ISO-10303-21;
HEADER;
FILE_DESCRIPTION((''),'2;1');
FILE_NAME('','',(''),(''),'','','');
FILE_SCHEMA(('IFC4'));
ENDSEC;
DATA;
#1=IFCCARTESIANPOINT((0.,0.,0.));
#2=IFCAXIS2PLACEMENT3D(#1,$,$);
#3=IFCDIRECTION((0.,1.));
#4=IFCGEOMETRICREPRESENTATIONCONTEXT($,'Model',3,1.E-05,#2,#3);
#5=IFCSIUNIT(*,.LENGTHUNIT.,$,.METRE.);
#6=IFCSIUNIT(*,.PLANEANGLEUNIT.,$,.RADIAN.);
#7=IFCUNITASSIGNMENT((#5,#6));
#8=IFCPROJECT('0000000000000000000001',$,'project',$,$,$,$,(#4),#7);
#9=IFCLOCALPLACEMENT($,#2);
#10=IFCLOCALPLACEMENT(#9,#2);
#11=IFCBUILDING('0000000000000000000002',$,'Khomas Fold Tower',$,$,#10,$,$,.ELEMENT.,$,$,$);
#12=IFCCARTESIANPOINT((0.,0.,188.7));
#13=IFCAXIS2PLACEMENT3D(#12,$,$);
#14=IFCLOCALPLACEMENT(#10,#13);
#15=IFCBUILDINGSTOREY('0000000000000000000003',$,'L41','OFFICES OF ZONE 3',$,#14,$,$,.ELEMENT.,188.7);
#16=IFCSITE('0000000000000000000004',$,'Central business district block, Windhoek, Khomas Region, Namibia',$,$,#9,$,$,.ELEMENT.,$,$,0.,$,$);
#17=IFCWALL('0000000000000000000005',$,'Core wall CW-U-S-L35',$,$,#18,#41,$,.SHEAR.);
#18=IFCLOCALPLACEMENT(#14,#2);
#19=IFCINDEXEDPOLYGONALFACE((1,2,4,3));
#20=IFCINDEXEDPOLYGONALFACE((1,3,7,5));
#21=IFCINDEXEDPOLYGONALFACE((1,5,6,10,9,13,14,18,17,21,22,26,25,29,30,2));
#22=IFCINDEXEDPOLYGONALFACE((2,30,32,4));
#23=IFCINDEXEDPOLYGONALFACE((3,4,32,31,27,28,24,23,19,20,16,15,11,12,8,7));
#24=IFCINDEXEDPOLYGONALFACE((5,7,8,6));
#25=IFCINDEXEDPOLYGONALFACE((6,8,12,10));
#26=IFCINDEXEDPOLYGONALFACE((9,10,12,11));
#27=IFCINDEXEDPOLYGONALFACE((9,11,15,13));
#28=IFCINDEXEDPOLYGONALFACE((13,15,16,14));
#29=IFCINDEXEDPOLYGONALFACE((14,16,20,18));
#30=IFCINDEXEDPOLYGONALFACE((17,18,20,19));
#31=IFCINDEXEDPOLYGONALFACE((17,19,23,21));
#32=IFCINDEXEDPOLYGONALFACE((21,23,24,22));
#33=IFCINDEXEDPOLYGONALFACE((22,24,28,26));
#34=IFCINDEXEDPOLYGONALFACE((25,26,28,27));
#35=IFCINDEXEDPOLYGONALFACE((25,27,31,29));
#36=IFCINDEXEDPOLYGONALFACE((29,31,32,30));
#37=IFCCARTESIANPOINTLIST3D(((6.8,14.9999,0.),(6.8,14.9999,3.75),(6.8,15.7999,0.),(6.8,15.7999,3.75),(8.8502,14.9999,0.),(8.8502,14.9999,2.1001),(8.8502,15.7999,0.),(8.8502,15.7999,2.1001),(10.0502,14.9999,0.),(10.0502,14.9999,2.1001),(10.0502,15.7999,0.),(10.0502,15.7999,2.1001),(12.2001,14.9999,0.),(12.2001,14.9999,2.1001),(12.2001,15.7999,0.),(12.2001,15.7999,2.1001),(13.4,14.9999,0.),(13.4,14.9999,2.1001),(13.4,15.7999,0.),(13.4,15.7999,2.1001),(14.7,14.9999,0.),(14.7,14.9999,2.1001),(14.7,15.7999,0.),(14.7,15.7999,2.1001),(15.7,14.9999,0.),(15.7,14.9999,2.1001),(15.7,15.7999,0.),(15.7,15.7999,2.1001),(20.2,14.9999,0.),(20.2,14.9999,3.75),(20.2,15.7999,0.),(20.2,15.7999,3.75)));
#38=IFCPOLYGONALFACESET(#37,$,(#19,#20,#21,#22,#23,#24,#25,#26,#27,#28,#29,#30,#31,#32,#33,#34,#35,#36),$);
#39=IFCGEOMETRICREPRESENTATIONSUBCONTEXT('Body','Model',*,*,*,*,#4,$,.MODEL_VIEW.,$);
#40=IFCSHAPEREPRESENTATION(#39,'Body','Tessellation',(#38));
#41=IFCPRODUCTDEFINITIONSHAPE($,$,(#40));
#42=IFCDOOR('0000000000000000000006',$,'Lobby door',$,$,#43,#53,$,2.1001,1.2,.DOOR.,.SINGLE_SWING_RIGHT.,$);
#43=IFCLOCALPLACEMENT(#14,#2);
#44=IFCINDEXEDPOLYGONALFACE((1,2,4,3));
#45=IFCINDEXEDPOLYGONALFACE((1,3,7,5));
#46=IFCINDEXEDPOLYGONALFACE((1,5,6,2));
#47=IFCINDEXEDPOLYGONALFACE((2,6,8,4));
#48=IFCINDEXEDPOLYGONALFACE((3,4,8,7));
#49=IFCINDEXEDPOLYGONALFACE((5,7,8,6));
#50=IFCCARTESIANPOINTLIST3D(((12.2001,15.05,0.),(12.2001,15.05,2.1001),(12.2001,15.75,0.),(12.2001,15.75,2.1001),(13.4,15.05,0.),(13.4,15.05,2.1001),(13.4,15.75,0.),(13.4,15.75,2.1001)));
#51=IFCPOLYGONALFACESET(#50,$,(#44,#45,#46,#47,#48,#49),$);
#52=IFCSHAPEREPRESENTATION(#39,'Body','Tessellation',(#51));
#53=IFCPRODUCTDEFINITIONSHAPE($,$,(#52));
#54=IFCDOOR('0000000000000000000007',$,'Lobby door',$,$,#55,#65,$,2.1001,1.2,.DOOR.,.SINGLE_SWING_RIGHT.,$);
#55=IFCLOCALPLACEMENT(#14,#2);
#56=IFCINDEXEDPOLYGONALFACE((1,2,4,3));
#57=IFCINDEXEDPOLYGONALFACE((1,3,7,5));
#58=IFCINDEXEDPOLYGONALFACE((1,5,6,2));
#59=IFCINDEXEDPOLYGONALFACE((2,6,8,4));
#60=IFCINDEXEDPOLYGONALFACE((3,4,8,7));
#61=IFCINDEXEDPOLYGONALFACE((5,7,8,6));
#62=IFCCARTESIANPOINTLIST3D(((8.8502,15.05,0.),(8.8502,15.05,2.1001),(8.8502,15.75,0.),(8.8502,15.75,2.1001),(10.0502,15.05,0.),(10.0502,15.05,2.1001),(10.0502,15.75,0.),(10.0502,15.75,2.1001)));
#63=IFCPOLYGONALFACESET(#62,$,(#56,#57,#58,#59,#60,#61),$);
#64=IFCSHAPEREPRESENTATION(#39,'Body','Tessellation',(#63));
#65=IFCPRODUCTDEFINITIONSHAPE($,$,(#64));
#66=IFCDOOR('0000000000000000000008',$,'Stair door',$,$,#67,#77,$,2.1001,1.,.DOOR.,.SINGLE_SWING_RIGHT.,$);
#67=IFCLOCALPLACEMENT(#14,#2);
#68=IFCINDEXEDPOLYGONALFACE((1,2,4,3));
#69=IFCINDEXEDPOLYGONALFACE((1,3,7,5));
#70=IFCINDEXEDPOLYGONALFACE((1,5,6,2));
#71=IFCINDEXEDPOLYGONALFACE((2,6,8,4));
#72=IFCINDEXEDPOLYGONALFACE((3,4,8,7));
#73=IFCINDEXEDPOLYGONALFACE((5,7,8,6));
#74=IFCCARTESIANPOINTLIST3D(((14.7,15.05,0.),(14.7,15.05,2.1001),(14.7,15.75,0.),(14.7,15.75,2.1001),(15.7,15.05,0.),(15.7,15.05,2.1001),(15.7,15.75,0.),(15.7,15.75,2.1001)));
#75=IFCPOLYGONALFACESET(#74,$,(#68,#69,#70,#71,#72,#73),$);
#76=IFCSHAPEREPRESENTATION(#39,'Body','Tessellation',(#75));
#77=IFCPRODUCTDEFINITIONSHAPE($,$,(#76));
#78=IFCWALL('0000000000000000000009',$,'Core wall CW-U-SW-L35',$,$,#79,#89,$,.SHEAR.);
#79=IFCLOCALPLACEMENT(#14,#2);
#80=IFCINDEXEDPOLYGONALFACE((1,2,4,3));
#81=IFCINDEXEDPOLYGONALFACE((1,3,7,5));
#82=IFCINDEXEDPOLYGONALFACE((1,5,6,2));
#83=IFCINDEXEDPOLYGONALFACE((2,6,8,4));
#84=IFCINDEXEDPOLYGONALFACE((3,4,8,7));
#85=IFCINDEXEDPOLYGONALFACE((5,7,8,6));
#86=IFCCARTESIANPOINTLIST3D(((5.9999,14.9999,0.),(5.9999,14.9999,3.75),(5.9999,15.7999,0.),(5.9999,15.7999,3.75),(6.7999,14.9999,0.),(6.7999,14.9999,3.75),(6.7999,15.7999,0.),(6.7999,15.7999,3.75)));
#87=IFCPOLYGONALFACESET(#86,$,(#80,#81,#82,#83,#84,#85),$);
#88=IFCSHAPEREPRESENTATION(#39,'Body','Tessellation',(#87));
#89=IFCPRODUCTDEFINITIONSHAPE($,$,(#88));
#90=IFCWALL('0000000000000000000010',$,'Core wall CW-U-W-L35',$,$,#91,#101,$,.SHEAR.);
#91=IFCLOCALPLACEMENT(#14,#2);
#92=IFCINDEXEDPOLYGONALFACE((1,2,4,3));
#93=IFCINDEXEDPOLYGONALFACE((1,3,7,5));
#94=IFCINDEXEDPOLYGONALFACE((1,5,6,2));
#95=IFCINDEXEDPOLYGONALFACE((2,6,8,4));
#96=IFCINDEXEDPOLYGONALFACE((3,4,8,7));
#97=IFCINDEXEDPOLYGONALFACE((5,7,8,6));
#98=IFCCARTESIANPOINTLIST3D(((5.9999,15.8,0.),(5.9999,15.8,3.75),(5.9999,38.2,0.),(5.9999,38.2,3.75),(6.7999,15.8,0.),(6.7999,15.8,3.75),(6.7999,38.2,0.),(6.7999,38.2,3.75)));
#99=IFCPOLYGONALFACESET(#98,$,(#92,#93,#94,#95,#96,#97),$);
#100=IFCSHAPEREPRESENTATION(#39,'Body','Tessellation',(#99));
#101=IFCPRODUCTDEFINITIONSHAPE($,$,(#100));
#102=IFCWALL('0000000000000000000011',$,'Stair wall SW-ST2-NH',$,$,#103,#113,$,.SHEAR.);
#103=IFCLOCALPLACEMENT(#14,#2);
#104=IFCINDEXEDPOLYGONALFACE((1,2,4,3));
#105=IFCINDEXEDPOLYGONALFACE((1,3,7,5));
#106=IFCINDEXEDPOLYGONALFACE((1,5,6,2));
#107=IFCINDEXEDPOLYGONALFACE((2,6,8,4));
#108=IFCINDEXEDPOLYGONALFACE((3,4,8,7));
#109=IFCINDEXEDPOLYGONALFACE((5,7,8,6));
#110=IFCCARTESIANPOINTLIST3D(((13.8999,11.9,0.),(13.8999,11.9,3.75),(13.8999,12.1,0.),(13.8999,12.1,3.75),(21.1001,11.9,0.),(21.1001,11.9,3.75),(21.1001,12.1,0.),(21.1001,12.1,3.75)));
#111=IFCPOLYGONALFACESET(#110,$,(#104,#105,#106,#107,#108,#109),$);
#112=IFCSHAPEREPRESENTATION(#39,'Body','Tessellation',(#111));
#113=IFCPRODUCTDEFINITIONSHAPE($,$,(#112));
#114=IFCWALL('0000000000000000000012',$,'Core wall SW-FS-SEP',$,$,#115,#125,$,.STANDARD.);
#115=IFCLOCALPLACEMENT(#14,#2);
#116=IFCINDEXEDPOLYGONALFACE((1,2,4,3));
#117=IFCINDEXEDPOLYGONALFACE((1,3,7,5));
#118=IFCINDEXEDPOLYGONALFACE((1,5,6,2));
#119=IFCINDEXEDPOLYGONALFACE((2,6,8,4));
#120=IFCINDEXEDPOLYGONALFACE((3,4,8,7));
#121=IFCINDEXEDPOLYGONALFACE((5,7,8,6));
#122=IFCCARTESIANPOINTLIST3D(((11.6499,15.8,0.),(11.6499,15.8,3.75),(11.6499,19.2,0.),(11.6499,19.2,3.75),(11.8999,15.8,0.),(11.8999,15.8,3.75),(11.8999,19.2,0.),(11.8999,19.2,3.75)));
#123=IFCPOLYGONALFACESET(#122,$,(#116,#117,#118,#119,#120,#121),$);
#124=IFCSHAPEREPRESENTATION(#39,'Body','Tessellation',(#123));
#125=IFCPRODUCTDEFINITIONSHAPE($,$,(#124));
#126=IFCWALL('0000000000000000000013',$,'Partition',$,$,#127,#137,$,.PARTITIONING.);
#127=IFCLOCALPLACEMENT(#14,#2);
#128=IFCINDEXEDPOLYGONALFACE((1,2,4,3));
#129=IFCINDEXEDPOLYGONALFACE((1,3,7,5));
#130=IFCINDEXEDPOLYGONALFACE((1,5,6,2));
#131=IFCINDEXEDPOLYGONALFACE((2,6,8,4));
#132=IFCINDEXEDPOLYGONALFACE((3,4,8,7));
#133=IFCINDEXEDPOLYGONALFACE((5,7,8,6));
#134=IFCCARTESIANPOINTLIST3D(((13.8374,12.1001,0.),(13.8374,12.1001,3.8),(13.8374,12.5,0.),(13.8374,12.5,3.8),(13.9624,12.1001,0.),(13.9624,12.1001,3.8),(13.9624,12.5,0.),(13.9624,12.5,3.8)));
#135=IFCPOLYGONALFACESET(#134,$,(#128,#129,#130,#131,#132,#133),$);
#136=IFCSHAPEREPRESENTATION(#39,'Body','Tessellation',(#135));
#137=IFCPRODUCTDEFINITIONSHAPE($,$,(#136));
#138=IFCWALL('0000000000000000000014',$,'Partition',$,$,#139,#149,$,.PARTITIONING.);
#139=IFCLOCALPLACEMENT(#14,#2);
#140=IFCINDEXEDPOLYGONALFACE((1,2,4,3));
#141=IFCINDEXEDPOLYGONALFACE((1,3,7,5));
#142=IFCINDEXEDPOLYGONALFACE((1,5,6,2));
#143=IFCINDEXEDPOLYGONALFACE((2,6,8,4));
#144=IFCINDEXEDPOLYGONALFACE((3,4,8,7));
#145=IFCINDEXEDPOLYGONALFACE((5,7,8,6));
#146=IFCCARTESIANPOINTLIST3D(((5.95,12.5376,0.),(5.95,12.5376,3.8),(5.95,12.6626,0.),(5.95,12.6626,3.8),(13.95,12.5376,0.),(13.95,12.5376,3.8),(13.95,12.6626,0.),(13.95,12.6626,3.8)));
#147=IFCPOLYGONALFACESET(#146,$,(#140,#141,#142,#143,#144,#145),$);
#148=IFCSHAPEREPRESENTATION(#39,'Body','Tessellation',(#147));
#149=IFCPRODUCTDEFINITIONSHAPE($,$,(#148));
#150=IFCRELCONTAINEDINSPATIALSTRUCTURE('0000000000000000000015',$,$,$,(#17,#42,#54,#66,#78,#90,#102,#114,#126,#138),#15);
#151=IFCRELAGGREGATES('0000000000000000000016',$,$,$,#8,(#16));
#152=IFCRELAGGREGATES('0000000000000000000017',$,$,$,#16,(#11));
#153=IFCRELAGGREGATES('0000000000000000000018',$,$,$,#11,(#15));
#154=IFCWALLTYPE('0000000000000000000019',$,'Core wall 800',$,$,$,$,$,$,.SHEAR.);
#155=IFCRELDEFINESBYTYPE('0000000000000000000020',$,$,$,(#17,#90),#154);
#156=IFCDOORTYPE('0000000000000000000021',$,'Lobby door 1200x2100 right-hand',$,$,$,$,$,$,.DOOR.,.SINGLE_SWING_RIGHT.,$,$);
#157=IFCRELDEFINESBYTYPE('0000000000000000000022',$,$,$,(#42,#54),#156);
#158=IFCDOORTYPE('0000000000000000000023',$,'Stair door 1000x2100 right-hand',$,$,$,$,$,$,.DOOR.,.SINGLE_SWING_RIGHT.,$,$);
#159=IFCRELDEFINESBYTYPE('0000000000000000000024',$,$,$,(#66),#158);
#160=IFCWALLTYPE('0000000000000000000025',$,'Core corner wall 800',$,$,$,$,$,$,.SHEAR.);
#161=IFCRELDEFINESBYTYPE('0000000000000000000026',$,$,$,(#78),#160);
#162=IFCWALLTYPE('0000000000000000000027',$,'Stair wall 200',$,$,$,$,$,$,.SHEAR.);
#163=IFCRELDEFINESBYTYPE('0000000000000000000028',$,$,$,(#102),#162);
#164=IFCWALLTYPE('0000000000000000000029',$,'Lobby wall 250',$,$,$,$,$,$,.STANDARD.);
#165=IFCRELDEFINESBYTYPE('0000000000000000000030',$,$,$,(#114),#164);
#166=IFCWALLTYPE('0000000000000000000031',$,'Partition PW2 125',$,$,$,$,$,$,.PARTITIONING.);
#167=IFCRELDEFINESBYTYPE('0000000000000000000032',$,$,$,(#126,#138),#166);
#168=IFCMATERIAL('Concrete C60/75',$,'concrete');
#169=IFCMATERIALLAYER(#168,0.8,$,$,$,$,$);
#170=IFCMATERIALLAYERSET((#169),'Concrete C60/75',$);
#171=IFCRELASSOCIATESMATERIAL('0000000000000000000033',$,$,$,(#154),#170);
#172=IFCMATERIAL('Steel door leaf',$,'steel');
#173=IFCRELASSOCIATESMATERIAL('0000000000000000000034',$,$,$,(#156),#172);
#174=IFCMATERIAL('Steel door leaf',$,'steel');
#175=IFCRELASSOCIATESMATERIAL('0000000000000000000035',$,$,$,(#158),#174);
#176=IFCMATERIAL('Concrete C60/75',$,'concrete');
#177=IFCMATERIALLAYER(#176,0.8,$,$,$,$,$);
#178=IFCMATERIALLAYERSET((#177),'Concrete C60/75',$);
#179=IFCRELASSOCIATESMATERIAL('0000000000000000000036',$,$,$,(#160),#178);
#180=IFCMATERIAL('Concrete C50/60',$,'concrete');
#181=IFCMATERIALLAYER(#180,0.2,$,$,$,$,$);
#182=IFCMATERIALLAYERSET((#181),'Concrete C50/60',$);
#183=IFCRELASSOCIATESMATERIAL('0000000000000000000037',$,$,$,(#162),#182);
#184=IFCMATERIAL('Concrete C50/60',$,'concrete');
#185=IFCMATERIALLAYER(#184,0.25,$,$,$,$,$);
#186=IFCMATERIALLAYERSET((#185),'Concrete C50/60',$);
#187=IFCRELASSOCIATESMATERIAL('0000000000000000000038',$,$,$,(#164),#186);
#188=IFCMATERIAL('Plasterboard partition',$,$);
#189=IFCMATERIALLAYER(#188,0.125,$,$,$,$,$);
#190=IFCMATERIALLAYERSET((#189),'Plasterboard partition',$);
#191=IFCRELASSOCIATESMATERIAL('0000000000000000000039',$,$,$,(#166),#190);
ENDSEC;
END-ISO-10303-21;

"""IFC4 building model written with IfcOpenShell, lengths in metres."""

from ifc_helpers import new_model, si_unit, direction, frame, frame_2d, origin, place, context, subcontext, project, spatial, rectangle, extrude, source, transform, mapped, material, layer, layer_set, type_object, element, fill, save


model = new_model("IFC4")

# Units and contexts
model_context = context("Model", 3, precision=1e-05, world=origin(), true_north=direction((0.0, 1.0)))
body_context = subcontext(model_context, "Body", "Model", "MODEL_VIEW")
ifc_project = project(units=[si_unit("LENGTHUNIT", "METRE"), si_unit("PLANEANGLEUNIT", "RADIAN")], contexts=[model_context])

# Site, building, storey
site_placement = place(None, origin())
site = spatial("IfcSite", under=ifc_project, at=site_placement, Name="Central business district block, Windhoek, Khomas Region, Namibia", CompositionType="ELEMENT", RefElevation=0.0)
building_placement = place(site_placement, origin())
building = spatial("IfcBuilding", under=site, at=building_placement, Name="Khomas Fold Tower", CompositionType="ELEMENT")
storey_placement = place(building_placement, frame((0.0, 0.0, 188.7)))
storey = spatial("IfcBuildingStorey", under=building, at=storey_placement, Name="L41", Description="OFFICES OF ZONE 3", CompositionType="ELEMENT", Elevation=188.7)

# Wall, openings, doors
ifc_material_1 = material(Name="Concrete C60/75", Category="concrete")
ifc_layer_1 = layer(ifc_material_1, 0.8)
ifc_layer_set_1 = layer_set([ifc_layer_1], Name="Concrete C60/75")
wall_type_1 = type_object("IfcWallType", Name="Core wall 800", PredefinedType="SHEAR", material=ifc_layer_set_1)
shared_shape_1 = source(origin(), body_context, "Body", "SweptSolid", [
    extrude(rectangle(XDim=13.3999, YDim=0.8, at=frame_2d((6.7, 0.0))), origin(), (0.0, 0.0, 1.0), 3.75),
])
wall_1_placement = place(storey_placement, frame((6.8, 15.3999, 0.0), z_axis=(0.0, 0.0, 1.0), x_axis=(1.0, 0.0, 0.0)))
wall_1 = element("IfcWall", 1, at=wall_1_placement, inside=storey, type_object=wall_type_1, Name="Core wall CW-U-S-L35", PredefinedType="SHEAR", context=body_context, shape_type="MappedRepresentation", body=[
    mapped(shared_shape_1, transform((0.0, 0.0, 0.0))),
])
shared_shape_2 = source(origin(), body_context, "Body", "SweptSolid", [
    extrude(rectangle(XDim=1.2, YDim=2.1001, at=frame_2d((0.6001, 1.05))), frame((0.0, 0.4099, 0.0), z_axis=(0.0, -1.0, 0.0), x_axis=(1.0, 0.0, 0.0)), (0.0, 0.0, 1.0), 0.8201),
])
opening_1_placement = place(wall_1_placement, frame((5.3999, 0.0, 0.0)))
opening_1 = element("IfcOpeningElement", 2, at=opening_1_placement, cuts=wall_1, PredefinedType="OPENING", context=body_context, shape_type="MappedRepresentation", body=[
    mapped(shared_shape_2, transform((0.0, 0.0, 0.0))),
])
opening_2_placement = place(wall_1_placement, frame((2.05, 0.0, 0.0)))
opening_2 = element("IfcOpeningElement", 3, at=opening_2_placement, cuts=wall_1, PredefinedType="OPENING", context=body_context, shape_type="MappedRepresentation", body=[
    mapped(shared_shape_2, transform((0.0, 0.0, 0.0))),
])
shared_shape_3 = source(origin(), body_context, "Body", "SweptSolid", [
    extrude(rectangle(XDim=1.0, YDim=2.1001, at=frame_2d((0.5, 1.05))), frame((0.0, 0.4099, 0.0), z_axis=(0.0, -1.0, 0.0), x_axis=(1.0, 0.0, 0.0)), (0.0, 0.0, 1.0), 0.8201),
])
opening_3_placement = place(wall_1_placement, frame((7.8999, 0.0, 0.0)))
opening_3 = element("IfcOpeningElement", 4, at=opening_3_placement, cuts=wall_1, PredefinedType="OPENING", context=body_context, shape_type="MappedRepresentation", body=[
    mapped(shared_shape_3, transform((0.0, 0.0, 0.0))),
])
ifc_material_2 = material(Name="Steel door leaf", Category="steel")
door_type_1 = type_object("IfcDoorType", Name="Lobby door 1200x2100 right-hand", OperationType="SINGLE_SWING_RIGHT", PredefinedType="DOOR", material=ifc_material_2)
shared_shape_4 = source(origin(), body_context, "Body", "SweptSolid", [
    extrude(rectangle(XDim=1.2, YDim=2.1001, at=frame_2d((0.6001, 1.05))), frame((0.0, 0.3501, 0.0), z_axis=(0.0, -1.0, 0.0), x_axis=(1.0, 0.0, 0.0)), (0.0, 0.0, 1.0), 0.7),
])
door_1_placement = place(opening_1_placement, origin())
door_1 = element("IfcDoor", 5, at=door_1_placement, inside=storey, type_object=door_type_1, Name="Lobby door", OperationType="SINGLE_SWING_RIGHT", OverallHeight=2.1001, OverallWidth=1.2, PredefinedType="DOOR", context=body_context, shape_type="MappedRepresentation", body=[
    mapped(shared_shape_4, transform((0.0, 0.0, 0.0))),
])
fill(opening_1, door_1)
door_2_placement = place(opening_2_placement, origin())
door_2 = element("IfcDoor", 6, at=door_2_placement, inside=storey, type_object=door_type_1, Name="Lobby door", OperationType="SINGLE_SWING_RIGHT", OverallHeight=2.1001, OverallWidth=1.2, PredefinedType="DOOR", context=body_context, shape_type="MappedRepresentation", body=[
    mapped(shared_shape_4, transform((0.0, 0.0, 0.0))),
])
fill(opening_2, door_2)
ifc_material_3 = material(Name="Steel door leaf", Category="steel")
door_type_2 = type_object("IfcDoorType", Name="Stair door 1000x2100 right-hand", OperationType="SINGLE_SWING_RIGHT", PredefinedType="DOOR", material=ifc_material_3)
shared_shape_5 = source(origin(), body_context, "Body", "SweptSolid", [
    extrude(rectangle(XDim=1.0, YDim=2.1001, at=frame_2d((0.5, 1.05))), frame((0.0, 0.3501, 0.0), z_axis=(0.0, -1.0, 0.0), x_axis=(1.0, 0.0, 0.0)), (0.0, 0.0, 1.0), 0.7),
])
door_3_placement = place(opening_3_placement, origin())
door_3 = element("IfcDoor", 7, at=door_3_placement, inside=storey, type_object=door_type_2, Name="Stair door", OperationType="SINGLE_SWING_RIGHT", OverallHeight=2.1001, OverallWidth=1.0, PredefinedType="DOOR", context=body_context, shape_type="MappedRepresentation", body=[
    mapped(shared_shape_5, transform((0.0, 0.0, 0.0))),
])
fill(opening_3, door_3)

# Walls
ifc_material_4 = material(Name="Concrete C60/75", Category="concrete")
ifc_layer_2 = layer(ifc_material_4, 0.8)
ifc_layer_set_2 = layer_set([ifc_layer_2], Name="Concrete C60/75")
wall_type_2 = type_object("IfcWallType", Name="Core corner wall 800", PredefinedType="SHEAR", material=ifc_layer_set_2)
shared_shape_6 = source(origin(), body_context, "Body", "SweptSolid", [
    extrude(rectangle(XDim=0.8, YDim=0.8, at=frame_2d((0.3999, 0.0))), origin(), (0.0, 0.0, 1.0), 3.75),
])
wall_2_placement = place(storey_placement, frame((6.0, 15.3999, 0.0), z_axis=(0.0, 0.0, 1.0), x_axis=(1.0, 0.0, 0.0)))
element("IfcWall", 8, at=wall_2_placement, inside=storey, type_object=wall_type_2, Name="Core wall CW-U-SW-L35", PredefinedType="SHEAR", context=body_context, shape_type="MappedRepresentation", body=[
    mapped(shared_shape_6, transform((0.0, 0.0, 0.0))),
])
shared_shape_7 = source(origin(), body_context, "Body", "SweptSolid", [
    extrude(rectangle(XDim=22.3999, YDim=0.8, at=frame_2d((11.2, 0.0))), origin(), (0.0, 0.0, 1.0), 3.75),
])
wall_3_placement = place(storey_placement, frame((6.3999, 15.8, 0.0), z_axis=(0.0, 0.0, 1.0), x_axis=(0.0, 1.0, 0.0)))
element("IfcWall", 9, at=wall_3_placement, inside=storey, type_object=wall_type_1, Name="Core wall CW-U-W-L35", PredefinedType="SHEAR", context=body_context, shape_type="MappedRepresentation", body=[
    mapped(shared_shape_7, transform((0.0, 0.0, 0.0))),
])
ifc_material_5 = material(Name="Concrete C50/60", Category="concrete")
ifc_layer_3 = layer(ifc_material_5, 0.2)
ifc_layer_set_3 = layer_set([ifc_layer_3], Name="Concrete C50/60")
wall_type_3 = type_object("IfcWallType", Name="Stair wall 200", PredefinedType="SHEAR", material=ifc_layer_set_3)
shared_shape_8 = source(origin(), body_context, "Body", "SweptSolid", [
    extrude(rectangle(XDim=7.2002, YDim=0.2, at=frame_2d((3.6001, 0.0))), origin(), (0.0, 0.0, 1.0), 3.75),
])
wall_4_placement = place(storey_placement, frame((13.8999, 12.0, 0.0), z_axis=(0.0, 0.0, 1.0), x_axis=(1.0, 0.0, 0.0)))
element("IfcWall", 10, at=wall_4_placement, inside=storey, type_object=wall_type_3, Name="Stair wall SW-ST2-NH", PredefinedType="SHEAR", context=body_context, shape_type="MappedRepresentation", body=[
    mapped(shared_shape_8, transform((0.0, 0.0, 0.0))),
])
ifc_material_6 = material(Name="Concrete C50/60", Category="concrete")
ifc_layer_4 = layer(ifc_material_6, 0.25)
ifc_layer_set_4 = layer_set([ifc_layer_4], Name="Concrete C50/60")
wall_type_4 = type_object("IfcWallType", Name="Lobby wall 250", PredefinedType="STANDARD", material=ifc_layer_set_4)
shared_shape_9 = source(origin(), body_context, "Body", "SweptSolid", [
    extrude(rectangle(XDim=3.3999, YDim=0.25, at=frame_2d((1.7, 0.0))), origin(), (0.0, 0.0, 1.0), 3.75),
])
wall_5_placement = place(storey_placement, frame((11.7749, 15.8, 0.0), z_axis=(0.0, 0.0, 1.0), x_axis=(0.0, 1.0, 0.0)))
element("IfcWall", 11, at=wall_5_placement, inside=storey, type_object=wall_type_4, Name="Core wall SW-FS-SEP", PredefinedType="STANDARD", context=body_context, shape_type="MappedRepresentation", body=[
    mapped(shared_shape_9, transform((0.0, 0.0, 0.0))),
])
ifc_material_7 = material(Name="Plasterboard partition")
ifc_layer_5 = layer(ifc_material_7, 0.125)
ifc_layer_set_5 = layer_set([ifc_layer_5], Name="Plasterboard partition")
wall_type_5 = type_object("IfcWallType", Name="Partition PW2 125", PredefinedType="PARTITIONING", material=ifc_layer_set_5)
shared_shape_10 = source(origin(), body_context, "Body", "SweptSolid", [
    extrude(rectangle(XDim=0.3999, YDim=0.125, at=frame_2d((0.2, 0.0))), origin(), (0.0, 0.0, 1.0), 3.8),
])
wall_6_placement = place(storey_placement, frame((13.8999, 12.1001, 0.0), z_axis=(0.0, 0.0, 1.0), x_axis=(0.0, 1.0, 0.0)))
element("IfcWall", 12, at=wall_6_placement, inside=storey, type_object=wall_type_5, Name="Partition", PredefinedType="PARTITIONING", context=body_context, shape_type="MappedRepresentation", body=[
    mapped(shared_shape_10, transform((0.0, 0.0, 0.0))),
])
shared_shape_11 = source(origin(), body_context, "Body", "SweptSolid", [
    extrude(rectangle(XDim=8.0, YDim=0.125, at=frame_2d((4.0, 0.0))), origin(), (0.0, 0.0, 1.0), 3.8),
])
wall_7_placement = place(storey_placement, frame((5.95, 12.6001, 0.0), z_axis=(0.0, 0.0, 1.0), x_axis=(1.0, 0.0, 0.0)))
element("IfcWall", 13, at=wall_7_placement, inside=storey, type_object=wall_type_5, Name="Partition", PredefinedType="PARTITIONING", context=body_context, shape_type="MappedRepresentation", body=[
    mapped(shared_shape_11, transform((0.0, 0.0, 0.0))),
])

save(model, "model.ifc")
